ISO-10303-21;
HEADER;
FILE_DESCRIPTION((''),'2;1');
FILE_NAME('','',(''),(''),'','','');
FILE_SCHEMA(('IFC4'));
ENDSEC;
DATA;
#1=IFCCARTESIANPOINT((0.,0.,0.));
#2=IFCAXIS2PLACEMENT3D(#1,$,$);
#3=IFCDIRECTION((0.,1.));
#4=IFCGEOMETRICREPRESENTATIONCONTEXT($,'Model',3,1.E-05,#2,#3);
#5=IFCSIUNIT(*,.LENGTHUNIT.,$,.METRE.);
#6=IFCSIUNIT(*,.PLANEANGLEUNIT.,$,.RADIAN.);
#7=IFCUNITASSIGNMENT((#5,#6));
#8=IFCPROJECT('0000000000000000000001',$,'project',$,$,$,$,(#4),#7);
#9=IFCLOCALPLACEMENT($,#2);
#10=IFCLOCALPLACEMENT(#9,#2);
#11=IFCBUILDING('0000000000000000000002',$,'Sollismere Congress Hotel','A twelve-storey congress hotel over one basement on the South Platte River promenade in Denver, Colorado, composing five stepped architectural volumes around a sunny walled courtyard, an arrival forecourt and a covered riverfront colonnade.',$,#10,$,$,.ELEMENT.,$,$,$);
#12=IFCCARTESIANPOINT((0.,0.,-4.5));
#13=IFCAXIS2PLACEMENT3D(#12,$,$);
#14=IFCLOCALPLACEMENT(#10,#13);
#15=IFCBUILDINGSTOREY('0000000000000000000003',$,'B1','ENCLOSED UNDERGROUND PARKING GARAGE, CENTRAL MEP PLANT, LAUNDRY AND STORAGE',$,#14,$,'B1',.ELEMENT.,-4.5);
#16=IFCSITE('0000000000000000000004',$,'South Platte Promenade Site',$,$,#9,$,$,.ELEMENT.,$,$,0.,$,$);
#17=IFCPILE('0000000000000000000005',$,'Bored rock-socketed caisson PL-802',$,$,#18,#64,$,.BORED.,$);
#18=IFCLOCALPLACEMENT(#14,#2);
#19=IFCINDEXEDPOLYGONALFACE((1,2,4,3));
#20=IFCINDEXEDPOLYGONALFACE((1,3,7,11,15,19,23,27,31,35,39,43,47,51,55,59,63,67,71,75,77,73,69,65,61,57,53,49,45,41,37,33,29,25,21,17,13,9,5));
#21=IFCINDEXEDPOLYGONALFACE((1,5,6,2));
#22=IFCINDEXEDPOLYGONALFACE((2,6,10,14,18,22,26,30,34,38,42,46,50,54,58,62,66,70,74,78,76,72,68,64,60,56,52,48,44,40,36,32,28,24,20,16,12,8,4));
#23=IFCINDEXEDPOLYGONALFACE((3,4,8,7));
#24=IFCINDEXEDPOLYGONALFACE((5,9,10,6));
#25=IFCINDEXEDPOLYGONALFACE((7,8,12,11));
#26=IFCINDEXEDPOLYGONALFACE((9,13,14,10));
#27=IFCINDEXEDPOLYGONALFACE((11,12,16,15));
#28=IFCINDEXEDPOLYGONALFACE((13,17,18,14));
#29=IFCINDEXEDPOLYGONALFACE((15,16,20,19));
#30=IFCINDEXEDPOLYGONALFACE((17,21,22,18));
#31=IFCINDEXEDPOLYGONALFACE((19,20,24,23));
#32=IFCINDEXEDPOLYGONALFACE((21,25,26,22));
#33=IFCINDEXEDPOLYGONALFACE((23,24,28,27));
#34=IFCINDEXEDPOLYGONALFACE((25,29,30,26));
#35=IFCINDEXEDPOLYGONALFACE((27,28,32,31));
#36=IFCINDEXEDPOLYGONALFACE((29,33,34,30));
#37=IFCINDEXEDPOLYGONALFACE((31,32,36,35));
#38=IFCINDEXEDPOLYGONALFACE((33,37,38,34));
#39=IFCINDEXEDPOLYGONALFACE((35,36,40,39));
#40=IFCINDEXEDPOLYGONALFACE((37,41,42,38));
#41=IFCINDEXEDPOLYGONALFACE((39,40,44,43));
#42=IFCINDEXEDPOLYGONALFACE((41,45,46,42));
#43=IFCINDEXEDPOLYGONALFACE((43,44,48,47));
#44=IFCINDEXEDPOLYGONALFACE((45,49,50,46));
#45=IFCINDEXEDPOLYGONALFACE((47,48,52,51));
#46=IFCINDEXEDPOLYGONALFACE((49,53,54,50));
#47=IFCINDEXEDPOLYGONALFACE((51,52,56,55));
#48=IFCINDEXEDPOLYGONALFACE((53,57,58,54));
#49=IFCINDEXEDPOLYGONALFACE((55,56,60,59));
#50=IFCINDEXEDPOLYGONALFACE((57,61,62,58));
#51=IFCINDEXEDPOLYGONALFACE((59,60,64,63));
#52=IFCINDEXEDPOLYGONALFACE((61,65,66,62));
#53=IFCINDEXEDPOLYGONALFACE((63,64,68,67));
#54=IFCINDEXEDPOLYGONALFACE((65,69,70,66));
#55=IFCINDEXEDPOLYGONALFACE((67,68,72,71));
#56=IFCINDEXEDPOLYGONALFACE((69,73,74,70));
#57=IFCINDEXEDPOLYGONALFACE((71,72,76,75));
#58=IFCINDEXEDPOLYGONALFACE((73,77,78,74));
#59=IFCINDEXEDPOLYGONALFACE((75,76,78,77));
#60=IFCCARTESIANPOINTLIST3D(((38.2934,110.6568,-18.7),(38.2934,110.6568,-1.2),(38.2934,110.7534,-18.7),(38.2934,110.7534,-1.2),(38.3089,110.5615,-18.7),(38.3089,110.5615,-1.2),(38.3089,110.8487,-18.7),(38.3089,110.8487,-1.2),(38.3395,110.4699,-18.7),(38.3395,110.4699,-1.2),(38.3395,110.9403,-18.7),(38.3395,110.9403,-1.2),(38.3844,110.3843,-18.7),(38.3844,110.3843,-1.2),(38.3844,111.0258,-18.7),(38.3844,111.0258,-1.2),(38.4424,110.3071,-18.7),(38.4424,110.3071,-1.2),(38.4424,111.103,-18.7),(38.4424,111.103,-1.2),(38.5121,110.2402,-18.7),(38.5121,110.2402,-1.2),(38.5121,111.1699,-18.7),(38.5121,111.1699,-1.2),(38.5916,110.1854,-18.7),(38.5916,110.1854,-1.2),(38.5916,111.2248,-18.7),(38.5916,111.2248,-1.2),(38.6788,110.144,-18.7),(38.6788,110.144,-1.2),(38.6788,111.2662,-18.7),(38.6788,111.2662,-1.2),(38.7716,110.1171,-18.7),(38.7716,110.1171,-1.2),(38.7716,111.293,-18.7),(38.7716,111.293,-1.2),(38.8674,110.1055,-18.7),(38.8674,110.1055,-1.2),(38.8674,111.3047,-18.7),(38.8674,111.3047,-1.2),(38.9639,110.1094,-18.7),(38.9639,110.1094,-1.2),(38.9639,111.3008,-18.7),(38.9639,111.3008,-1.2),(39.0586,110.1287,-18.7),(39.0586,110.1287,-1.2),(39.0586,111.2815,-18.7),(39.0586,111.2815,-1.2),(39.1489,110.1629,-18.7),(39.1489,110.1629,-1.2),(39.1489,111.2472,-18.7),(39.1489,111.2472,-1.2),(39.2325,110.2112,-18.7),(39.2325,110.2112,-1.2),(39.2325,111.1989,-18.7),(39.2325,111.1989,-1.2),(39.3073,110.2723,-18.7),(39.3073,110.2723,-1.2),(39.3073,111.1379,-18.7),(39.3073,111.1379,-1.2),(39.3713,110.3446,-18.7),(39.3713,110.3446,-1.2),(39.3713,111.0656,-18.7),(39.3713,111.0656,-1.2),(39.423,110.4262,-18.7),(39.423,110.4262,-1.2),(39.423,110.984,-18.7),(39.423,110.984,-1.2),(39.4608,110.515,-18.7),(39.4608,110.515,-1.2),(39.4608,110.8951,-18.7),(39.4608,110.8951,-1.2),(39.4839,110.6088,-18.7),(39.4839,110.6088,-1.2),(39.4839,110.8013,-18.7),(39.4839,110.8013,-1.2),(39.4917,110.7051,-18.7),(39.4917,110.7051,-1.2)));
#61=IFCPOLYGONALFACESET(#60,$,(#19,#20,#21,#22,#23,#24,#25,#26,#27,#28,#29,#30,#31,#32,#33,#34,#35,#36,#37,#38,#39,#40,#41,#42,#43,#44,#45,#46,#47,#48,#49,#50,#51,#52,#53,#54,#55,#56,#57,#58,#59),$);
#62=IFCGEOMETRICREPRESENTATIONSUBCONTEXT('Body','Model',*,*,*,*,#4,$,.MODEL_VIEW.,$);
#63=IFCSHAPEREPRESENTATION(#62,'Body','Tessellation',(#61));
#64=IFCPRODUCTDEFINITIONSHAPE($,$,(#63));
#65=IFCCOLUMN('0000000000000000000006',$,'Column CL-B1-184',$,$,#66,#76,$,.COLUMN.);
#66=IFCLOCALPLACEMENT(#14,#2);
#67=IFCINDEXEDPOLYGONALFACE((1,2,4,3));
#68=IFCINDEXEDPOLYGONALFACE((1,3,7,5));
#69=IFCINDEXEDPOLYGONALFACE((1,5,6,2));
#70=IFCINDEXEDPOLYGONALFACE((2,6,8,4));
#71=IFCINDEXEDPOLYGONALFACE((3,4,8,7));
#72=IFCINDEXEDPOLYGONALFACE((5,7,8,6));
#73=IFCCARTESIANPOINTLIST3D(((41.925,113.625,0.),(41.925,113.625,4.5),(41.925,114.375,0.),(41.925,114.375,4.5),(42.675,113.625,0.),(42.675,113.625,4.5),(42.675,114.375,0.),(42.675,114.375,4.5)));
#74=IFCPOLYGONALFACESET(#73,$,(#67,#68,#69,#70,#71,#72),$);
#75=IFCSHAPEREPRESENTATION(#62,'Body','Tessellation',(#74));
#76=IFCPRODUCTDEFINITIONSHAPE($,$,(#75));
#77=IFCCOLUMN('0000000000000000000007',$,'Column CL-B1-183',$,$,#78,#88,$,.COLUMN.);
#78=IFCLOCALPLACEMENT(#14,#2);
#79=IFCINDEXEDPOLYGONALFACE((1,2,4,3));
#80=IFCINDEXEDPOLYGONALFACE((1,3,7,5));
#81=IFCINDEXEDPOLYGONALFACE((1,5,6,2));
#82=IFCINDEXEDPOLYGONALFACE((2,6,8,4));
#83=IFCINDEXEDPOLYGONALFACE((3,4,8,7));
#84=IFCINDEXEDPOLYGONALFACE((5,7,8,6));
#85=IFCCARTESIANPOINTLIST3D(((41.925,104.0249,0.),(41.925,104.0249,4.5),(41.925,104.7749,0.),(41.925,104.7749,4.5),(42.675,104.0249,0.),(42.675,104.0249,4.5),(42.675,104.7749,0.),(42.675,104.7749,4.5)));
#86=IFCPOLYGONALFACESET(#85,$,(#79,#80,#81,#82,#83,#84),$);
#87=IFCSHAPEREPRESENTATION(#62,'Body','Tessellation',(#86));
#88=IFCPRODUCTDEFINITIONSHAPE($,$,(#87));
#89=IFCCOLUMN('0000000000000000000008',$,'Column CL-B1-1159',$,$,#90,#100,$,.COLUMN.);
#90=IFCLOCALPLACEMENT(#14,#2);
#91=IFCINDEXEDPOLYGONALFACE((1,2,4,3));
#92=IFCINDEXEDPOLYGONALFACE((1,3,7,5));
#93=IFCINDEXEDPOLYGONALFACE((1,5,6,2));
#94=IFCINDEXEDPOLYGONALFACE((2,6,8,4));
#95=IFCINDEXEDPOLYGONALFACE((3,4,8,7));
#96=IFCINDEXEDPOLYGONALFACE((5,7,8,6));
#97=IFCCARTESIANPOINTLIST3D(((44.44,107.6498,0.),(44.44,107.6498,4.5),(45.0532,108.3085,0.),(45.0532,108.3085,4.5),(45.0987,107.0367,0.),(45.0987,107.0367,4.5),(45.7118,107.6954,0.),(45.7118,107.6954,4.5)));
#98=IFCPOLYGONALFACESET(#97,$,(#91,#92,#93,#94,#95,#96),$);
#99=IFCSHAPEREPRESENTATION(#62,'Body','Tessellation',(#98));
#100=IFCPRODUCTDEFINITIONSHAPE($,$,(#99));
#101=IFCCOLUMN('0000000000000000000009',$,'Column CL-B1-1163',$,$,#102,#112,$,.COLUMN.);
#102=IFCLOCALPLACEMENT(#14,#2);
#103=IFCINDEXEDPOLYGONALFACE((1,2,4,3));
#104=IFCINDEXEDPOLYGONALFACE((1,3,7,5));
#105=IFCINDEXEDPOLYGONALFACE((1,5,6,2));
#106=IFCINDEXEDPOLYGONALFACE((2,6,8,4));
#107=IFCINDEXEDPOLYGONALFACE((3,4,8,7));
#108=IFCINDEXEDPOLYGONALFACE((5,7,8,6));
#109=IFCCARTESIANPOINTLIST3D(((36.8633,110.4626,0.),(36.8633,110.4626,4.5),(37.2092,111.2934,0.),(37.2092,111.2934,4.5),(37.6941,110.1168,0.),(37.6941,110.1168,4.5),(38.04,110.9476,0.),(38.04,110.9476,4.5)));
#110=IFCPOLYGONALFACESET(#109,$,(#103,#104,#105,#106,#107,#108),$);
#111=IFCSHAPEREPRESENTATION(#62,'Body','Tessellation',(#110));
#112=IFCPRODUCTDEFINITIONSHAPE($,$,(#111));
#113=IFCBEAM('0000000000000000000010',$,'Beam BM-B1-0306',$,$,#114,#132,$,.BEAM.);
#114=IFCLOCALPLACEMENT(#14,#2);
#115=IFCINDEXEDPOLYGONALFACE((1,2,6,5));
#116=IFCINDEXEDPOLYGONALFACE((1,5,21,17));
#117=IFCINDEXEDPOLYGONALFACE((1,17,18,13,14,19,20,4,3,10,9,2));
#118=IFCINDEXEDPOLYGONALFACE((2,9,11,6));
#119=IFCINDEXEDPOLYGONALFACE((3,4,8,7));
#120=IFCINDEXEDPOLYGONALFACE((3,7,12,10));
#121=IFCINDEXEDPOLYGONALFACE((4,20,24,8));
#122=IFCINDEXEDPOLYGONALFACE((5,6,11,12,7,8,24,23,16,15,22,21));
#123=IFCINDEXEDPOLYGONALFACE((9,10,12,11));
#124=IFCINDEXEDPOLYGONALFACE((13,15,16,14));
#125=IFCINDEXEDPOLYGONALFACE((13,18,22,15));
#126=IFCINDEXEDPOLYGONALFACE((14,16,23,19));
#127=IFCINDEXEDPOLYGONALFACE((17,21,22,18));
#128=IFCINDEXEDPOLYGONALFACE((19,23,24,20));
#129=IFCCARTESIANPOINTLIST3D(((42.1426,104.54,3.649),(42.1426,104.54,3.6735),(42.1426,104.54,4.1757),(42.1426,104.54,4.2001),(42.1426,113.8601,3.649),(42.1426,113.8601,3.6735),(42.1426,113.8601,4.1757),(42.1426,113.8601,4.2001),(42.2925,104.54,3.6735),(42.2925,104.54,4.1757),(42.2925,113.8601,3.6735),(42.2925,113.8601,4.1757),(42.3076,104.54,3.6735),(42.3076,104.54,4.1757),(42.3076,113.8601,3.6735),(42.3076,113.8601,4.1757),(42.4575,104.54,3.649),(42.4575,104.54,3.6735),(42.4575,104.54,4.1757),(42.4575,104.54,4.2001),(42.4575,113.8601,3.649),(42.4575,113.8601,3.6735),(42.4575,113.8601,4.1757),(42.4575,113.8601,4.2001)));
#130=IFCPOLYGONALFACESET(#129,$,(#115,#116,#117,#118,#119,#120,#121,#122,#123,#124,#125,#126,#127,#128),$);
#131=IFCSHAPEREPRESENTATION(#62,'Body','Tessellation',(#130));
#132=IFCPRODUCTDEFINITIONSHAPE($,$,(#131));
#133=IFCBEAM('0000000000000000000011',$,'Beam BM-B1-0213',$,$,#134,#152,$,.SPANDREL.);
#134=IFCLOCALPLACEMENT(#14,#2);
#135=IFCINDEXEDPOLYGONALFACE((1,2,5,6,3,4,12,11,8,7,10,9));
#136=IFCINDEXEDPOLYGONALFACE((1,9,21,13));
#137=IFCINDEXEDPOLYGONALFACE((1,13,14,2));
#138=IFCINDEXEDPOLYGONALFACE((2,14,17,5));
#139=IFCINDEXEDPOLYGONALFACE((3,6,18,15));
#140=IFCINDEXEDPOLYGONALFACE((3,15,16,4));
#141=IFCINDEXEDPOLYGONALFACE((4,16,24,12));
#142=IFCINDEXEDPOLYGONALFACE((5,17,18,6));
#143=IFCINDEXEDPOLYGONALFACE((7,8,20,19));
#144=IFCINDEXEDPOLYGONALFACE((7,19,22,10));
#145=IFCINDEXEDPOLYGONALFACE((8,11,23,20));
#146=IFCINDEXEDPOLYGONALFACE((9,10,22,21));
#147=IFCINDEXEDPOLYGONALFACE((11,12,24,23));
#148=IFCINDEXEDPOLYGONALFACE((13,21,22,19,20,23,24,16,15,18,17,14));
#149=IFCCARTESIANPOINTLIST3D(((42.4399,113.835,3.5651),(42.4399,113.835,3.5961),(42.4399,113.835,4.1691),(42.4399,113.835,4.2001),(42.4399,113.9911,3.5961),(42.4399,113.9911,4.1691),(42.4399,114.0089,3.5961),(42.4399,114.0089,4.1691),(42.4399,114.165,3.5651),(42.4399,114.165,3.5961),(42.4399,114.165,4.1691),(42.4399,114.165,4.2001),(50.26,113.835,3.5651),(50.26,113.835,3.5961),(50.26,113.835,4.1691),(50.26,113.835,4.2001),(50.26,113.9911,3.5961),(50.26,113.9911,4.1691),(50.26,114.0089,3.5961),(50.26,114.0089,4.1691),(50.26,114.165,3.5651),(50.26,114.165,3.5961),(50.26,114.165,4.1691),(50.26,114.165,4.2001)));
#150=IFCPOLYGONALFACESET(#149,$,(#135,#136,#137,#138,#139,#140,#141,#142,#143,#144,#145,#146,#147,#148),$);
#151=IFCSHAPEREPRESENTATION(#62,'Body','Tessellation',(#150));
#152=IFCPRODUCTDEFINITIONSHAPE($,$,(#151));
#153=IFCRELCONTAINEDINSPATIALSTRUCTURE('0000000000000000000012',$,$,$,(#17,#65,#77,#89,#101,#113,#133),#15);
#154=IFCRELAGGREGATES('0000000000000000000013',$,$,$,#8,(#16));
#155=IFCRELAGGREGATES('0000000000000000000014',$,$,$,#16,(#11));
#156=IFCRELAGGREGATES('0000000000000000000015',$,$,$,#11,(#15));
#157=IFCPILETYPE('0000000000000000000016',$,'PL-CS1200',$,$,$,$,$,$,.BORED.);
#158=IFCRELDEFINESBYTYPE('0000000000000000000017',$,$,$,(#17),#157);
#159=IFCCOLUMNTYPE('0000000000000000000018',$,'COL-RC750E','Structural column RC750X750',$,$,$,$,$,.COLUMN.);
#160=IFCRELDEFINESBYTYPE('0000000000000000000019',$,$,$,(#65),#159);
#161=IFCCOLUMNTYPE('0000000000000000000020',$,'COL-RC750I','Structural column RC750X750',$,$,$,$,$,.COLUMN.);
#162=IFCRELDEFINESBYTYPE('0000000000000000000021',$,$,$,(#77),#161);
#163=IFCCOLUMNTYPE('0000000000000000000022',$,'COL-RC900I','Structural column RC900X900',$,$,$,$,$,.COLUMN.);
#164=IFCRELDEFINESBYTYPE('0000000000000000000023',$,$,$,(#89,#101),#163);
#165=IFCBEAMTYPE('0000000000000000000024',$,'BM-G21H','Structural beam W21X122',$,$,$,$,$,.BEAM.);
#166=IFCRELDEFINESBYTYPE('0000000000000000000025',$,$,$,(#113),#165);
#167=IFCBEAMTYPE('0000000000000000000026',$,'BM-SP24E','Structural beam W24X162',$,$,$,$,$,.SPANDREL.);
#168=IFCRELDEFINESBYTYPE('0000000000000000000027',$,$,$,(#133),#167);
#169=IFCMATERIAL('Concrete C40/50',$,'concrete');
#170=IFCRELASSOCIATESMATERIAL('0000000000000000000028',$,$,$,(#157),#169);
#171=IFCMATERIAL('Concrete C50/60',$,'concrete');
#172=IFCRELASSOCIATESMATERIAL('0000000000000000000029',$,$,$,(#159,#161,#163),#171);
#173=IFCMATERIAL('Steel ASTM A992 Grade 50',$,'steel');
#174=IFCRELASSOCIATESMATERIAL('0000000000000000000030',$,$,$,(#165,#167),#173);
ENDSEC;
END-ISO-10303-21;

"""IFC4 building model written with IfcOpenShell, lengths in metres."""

from ifc_helpers import new_model, si_unit, direction, frame, origin, origin_2d, place, context, subcontext, project, spatial, rectangle, circle, i_section, extrude, material, material_profile, profile_set, type_object, element, save


model = new_model("IFC4")

# Units and contexts
model_context = context("Model", 3, precision=1e-05, world=origin(), true_north=direction((0.0, 1.0)))
body_context = subcontext(model_context, "Body", "Model", "MODEL_VIEW")
ifc_project = project(units=[si_unit("LENGTHUNIT", "METRE"), si_unit("PLANEANGLEUNIT", "RADIAN")], contexts=[model_context])

# Site, building, storey
site_placement = place(None, origin())
site = spatial("IfcSite", under=ifc_project, at=site_placement, Name="South Platte Promenade Site", CompositionType="ELEMENT", RefElevation=0.0)
building_placement = place(site_placement, origin())
building = spatial("IfcBuilding", under=site, at=building_placement, Name="Sollismere Congress Hotel", Description="A twelve-storey congress hotel over one basement on the South Platte River promenade in Denver, Colorado, composing five stepped architectural volumes around a sunny walled courtyard, an arrival forecourt and a covered riverfront colonnade.", CompositionType="ELEMENT")
storey_placement = place(building_placement, frame((0.0, 0.0, -4.5)))
storey = spatial("IfcBuildingStorey", under=building, at=storey_placement, Name="B1", Description="ENCLOSED UNDERGROUND PARKING GARAGE, CENTRAL MEP PLANT, LAUNDRY AND STORAGE", LongName="B1", CompositionType="ELEMENT", Elevation=-4.5)

# Shared definitions
ifc_material_1 = material(Name="Concrete C40/50", Category="concrete")

# Pile
ifc_material_profile_1 = material_profile(ifc_material_1, circle(Radius=0.6001, at=origin_2d()), Name="CAISSON1200")
ifc_profile_set_1 = profile_set([ifc_material_profile_1], Name="Concrete C40/50")
pile_type = type_object("IfcPileType", Name="PL-CS1200", PredefinedType="BORED", material=ifc_profile_set_1)
for number, where, z_axis, x_axis, name in (
    (1, (38.8916, 110.7051, -1.2), (0.0, 0.0, -1.0), (1.0, 0.0, 0.0), "Bored rock-socketed caisson PL-802"),
):
    element("IfcPile", number, at=place(storey_placement, frame(where, z_axis=z_axis, x_axis=x_axis)), inside=storey, type_object=pile_type, Name=name, PredefinedType="BORED", context=body_context, shape_type="SweptSolid", body=[
        extrude(circle(Radius=0.6001, at=origin_2d()), origin(), (0.0, 0.0, 1.0), 17.5),
    ])

# Columns
ifc_material_2 = material(Name="Concrete C50/60", Category="concrete")
ifc_material_profile_2 = material_profile(ifc_material_2, rectangle(XDim=0.75, YDim=0.75, at=origin_2d()), Name="RC750X750")
ifc_profile_set_2 = profile_set([ifc_material_profile_2], Name="Concrete C50/60")
column_type_1 = type_object("IfcColumnType", Name="COL-RC750E", Description="Structural column RC750X750", PredefinedType="COLUMN", material=ifc_profile_set_2)
column_1_placement = place(storey_placement, frame((42.3, 114.0, 0.0), z_axis=(0.0, 0.0, 1.0), x_axis=(1.0, 0.0, 0.0)))
element("IfcColumn", 2, at=column_1_placement, inside=storey, type_object=column_type_1, Name="Column CL-B1-184", PredefinedType="COLUMN", context=body_context, shape_type="SweptSolid", body=[
    extrude(rectangle(XDim=0.75, YDim=0.75, at=origin_2d()), origin(), (0.0, 0.0, 1.0), 4.5),
])
ifc_material_profile_3 = material_profile(ifc_material_2, rectangle(XDim=0.75, YDim=0.75, at=origin_2d()), Name="RC750X750")
ifc_profile_set_3 = profile_set([ifc_material_profile_3], Name="Concrete C50/60")
column_type_2 = type_object("IfcColumnType", Name="COL-RC750I", Description="Structural column RC750X750", PredefinedType="COLUMN", material=ifc_profile_set_3)
column_2_placement = place(storey_placement, frame((42.3, 104.3999, 0.0), z_axis=(0.0, 0.0, 1.0), x_axis=(1.0, 0.0, 0.0)))
element("IfcColumn", 3, at=column_2_placement, inside=storey, type_object=column_type_2, Name="Column CL-B1-183", PredefinedType="COLUMN", context=body_context, shape_type="SweptSolid", body=[
    extrude(rectangle(XDim=0.75, YDim=0.75, at=origin_2d()), origin(), (0.0, 0.0, 1.0), 4.5),
])
ifc_material_profile_4 = material_profile(ifc_material_2, rectangle(XDim=0.8999, YDim=0.8999, at=origin_2d()), Name="RC900X900")
ifc_profile_set_4 = profile_set([ifc_material_profile_4], Name="Concrete C50/60")
column_type_3 = type_object("IfcColumnType", Name="COL-RC900I", Description="Structural column RC900X900", PredefinedType="COLUMN", material=ifc_profile_set_4)
for number, where, z_axis, x_axis, name in (
    (4, (45.0759, 107.6726, 0.0), (0.0, 0.0, 1.0), (0.68136, 0.731949, 0.0), "Column CL-B1-1159"),
    (5, (37.4517, 110.7051, 0.0), (0.0, 0.0, 1.0), (0.384295, 0.92321, 0.0), "Column CL-B1-1163"),
):
    element("IfcColumn", number, at=place(storey_placement, frame(where, z_axis=z_axis, x_axis=x_axis)), inside=storey, type_object=column_type_3, Name=name, PredefinedType="COLUMN", context=body_context, shape_type="SweptSolid", body=[
        extrude(rectangle(XDim=0.8999, YDim=0.8999, at=origin_2d()), origin(), (0.0, 0.0, 1.0), 4.5),
    ])

# Beams
ifc_material_3 = material(Name="Steel ASTM A992 Grade 50", Category="steel")
ifc_material_profile_5 = material_profile(ifc_material_3, i_section(OverallWidth=0.3149, OverallDepth=0.551, WebThickness=0.0151, FlangeThickness=0.0244, at=origin_2d()), Name="W21X122")
ifc_profile_set_5 = profile_set([ifc_material_profile_5], Name="Steel ASTM A992 Grade 50")
beam_type_1 = type_object("IfcBeamType", Name="BM-G21H", Description="Structural beam W21X122", PredefinedType="BEAM", material=ifc_profile_set_5)
beam_1_placement = place(storey_placement, frame((42.3, 104.54, 3.9246), z_axis=(0.0, 1.0, 0.0), x_axis=(-1.0, 0.0, 0.0)))
element("IfcBeam", 6, at=beam_1_placement, inside=storey, type_object=beam_type_1, Name="Beam BM-B1-0306", PredefinedType="BEAM", context=body_context, shape_type="SweptSolid", body=[
    extrude(i_section(OverallWidth=0.3149, OverallDepth=0.551, WebThickness=0.0151, FlangeThickness=0.0244, at=origin_2d()), origin(), (0.0, 0.0, 1.0), 9.3201),
])
ifc_material_profile_6 = material_profile(ifc_material_3, i_section(OverallWidth=0.3301, OverallDepth=0.635, WebThickness=0.0178, FlangeThickness=0.031, at=origin_2d()), Name="W24X162")
ifc_profile_set_6 = profile_set([ifc_material_profile_6], Name="Steel ASTM A992 Grade 50")
beam_type_2 = type_object("IfcBeamType", Name="BM-SP24E", Description="Structural beam W24X162", PredefinedType="SPANDREL", material=ifc_profile_set_6)
beam_2_placement = place(storey_placement, frame((42.4399, 114.0, 3.8826), z_axis=(1.0, 0.0, 0.0), x_axis=(0.0, 1.0, 0.0)))
element("IfcBeam", 7, at=beam_2_placement, inside=storey, type_object=beam_type_2, Name="Beam BM-B1-0213", PredefinedType="SPANDREL", context=body_context, shape_type="SweptSolid", body=[
    extrude(i_section(OverallWidth=0.3301, OverallDepth=0.635, WebThickness=0.0178, FlangeThickness=0.031, at=origin_2d()), origin(), (0.0, 0.0, 1.0), 7.8201),
])

save(model, "model.ifc")
